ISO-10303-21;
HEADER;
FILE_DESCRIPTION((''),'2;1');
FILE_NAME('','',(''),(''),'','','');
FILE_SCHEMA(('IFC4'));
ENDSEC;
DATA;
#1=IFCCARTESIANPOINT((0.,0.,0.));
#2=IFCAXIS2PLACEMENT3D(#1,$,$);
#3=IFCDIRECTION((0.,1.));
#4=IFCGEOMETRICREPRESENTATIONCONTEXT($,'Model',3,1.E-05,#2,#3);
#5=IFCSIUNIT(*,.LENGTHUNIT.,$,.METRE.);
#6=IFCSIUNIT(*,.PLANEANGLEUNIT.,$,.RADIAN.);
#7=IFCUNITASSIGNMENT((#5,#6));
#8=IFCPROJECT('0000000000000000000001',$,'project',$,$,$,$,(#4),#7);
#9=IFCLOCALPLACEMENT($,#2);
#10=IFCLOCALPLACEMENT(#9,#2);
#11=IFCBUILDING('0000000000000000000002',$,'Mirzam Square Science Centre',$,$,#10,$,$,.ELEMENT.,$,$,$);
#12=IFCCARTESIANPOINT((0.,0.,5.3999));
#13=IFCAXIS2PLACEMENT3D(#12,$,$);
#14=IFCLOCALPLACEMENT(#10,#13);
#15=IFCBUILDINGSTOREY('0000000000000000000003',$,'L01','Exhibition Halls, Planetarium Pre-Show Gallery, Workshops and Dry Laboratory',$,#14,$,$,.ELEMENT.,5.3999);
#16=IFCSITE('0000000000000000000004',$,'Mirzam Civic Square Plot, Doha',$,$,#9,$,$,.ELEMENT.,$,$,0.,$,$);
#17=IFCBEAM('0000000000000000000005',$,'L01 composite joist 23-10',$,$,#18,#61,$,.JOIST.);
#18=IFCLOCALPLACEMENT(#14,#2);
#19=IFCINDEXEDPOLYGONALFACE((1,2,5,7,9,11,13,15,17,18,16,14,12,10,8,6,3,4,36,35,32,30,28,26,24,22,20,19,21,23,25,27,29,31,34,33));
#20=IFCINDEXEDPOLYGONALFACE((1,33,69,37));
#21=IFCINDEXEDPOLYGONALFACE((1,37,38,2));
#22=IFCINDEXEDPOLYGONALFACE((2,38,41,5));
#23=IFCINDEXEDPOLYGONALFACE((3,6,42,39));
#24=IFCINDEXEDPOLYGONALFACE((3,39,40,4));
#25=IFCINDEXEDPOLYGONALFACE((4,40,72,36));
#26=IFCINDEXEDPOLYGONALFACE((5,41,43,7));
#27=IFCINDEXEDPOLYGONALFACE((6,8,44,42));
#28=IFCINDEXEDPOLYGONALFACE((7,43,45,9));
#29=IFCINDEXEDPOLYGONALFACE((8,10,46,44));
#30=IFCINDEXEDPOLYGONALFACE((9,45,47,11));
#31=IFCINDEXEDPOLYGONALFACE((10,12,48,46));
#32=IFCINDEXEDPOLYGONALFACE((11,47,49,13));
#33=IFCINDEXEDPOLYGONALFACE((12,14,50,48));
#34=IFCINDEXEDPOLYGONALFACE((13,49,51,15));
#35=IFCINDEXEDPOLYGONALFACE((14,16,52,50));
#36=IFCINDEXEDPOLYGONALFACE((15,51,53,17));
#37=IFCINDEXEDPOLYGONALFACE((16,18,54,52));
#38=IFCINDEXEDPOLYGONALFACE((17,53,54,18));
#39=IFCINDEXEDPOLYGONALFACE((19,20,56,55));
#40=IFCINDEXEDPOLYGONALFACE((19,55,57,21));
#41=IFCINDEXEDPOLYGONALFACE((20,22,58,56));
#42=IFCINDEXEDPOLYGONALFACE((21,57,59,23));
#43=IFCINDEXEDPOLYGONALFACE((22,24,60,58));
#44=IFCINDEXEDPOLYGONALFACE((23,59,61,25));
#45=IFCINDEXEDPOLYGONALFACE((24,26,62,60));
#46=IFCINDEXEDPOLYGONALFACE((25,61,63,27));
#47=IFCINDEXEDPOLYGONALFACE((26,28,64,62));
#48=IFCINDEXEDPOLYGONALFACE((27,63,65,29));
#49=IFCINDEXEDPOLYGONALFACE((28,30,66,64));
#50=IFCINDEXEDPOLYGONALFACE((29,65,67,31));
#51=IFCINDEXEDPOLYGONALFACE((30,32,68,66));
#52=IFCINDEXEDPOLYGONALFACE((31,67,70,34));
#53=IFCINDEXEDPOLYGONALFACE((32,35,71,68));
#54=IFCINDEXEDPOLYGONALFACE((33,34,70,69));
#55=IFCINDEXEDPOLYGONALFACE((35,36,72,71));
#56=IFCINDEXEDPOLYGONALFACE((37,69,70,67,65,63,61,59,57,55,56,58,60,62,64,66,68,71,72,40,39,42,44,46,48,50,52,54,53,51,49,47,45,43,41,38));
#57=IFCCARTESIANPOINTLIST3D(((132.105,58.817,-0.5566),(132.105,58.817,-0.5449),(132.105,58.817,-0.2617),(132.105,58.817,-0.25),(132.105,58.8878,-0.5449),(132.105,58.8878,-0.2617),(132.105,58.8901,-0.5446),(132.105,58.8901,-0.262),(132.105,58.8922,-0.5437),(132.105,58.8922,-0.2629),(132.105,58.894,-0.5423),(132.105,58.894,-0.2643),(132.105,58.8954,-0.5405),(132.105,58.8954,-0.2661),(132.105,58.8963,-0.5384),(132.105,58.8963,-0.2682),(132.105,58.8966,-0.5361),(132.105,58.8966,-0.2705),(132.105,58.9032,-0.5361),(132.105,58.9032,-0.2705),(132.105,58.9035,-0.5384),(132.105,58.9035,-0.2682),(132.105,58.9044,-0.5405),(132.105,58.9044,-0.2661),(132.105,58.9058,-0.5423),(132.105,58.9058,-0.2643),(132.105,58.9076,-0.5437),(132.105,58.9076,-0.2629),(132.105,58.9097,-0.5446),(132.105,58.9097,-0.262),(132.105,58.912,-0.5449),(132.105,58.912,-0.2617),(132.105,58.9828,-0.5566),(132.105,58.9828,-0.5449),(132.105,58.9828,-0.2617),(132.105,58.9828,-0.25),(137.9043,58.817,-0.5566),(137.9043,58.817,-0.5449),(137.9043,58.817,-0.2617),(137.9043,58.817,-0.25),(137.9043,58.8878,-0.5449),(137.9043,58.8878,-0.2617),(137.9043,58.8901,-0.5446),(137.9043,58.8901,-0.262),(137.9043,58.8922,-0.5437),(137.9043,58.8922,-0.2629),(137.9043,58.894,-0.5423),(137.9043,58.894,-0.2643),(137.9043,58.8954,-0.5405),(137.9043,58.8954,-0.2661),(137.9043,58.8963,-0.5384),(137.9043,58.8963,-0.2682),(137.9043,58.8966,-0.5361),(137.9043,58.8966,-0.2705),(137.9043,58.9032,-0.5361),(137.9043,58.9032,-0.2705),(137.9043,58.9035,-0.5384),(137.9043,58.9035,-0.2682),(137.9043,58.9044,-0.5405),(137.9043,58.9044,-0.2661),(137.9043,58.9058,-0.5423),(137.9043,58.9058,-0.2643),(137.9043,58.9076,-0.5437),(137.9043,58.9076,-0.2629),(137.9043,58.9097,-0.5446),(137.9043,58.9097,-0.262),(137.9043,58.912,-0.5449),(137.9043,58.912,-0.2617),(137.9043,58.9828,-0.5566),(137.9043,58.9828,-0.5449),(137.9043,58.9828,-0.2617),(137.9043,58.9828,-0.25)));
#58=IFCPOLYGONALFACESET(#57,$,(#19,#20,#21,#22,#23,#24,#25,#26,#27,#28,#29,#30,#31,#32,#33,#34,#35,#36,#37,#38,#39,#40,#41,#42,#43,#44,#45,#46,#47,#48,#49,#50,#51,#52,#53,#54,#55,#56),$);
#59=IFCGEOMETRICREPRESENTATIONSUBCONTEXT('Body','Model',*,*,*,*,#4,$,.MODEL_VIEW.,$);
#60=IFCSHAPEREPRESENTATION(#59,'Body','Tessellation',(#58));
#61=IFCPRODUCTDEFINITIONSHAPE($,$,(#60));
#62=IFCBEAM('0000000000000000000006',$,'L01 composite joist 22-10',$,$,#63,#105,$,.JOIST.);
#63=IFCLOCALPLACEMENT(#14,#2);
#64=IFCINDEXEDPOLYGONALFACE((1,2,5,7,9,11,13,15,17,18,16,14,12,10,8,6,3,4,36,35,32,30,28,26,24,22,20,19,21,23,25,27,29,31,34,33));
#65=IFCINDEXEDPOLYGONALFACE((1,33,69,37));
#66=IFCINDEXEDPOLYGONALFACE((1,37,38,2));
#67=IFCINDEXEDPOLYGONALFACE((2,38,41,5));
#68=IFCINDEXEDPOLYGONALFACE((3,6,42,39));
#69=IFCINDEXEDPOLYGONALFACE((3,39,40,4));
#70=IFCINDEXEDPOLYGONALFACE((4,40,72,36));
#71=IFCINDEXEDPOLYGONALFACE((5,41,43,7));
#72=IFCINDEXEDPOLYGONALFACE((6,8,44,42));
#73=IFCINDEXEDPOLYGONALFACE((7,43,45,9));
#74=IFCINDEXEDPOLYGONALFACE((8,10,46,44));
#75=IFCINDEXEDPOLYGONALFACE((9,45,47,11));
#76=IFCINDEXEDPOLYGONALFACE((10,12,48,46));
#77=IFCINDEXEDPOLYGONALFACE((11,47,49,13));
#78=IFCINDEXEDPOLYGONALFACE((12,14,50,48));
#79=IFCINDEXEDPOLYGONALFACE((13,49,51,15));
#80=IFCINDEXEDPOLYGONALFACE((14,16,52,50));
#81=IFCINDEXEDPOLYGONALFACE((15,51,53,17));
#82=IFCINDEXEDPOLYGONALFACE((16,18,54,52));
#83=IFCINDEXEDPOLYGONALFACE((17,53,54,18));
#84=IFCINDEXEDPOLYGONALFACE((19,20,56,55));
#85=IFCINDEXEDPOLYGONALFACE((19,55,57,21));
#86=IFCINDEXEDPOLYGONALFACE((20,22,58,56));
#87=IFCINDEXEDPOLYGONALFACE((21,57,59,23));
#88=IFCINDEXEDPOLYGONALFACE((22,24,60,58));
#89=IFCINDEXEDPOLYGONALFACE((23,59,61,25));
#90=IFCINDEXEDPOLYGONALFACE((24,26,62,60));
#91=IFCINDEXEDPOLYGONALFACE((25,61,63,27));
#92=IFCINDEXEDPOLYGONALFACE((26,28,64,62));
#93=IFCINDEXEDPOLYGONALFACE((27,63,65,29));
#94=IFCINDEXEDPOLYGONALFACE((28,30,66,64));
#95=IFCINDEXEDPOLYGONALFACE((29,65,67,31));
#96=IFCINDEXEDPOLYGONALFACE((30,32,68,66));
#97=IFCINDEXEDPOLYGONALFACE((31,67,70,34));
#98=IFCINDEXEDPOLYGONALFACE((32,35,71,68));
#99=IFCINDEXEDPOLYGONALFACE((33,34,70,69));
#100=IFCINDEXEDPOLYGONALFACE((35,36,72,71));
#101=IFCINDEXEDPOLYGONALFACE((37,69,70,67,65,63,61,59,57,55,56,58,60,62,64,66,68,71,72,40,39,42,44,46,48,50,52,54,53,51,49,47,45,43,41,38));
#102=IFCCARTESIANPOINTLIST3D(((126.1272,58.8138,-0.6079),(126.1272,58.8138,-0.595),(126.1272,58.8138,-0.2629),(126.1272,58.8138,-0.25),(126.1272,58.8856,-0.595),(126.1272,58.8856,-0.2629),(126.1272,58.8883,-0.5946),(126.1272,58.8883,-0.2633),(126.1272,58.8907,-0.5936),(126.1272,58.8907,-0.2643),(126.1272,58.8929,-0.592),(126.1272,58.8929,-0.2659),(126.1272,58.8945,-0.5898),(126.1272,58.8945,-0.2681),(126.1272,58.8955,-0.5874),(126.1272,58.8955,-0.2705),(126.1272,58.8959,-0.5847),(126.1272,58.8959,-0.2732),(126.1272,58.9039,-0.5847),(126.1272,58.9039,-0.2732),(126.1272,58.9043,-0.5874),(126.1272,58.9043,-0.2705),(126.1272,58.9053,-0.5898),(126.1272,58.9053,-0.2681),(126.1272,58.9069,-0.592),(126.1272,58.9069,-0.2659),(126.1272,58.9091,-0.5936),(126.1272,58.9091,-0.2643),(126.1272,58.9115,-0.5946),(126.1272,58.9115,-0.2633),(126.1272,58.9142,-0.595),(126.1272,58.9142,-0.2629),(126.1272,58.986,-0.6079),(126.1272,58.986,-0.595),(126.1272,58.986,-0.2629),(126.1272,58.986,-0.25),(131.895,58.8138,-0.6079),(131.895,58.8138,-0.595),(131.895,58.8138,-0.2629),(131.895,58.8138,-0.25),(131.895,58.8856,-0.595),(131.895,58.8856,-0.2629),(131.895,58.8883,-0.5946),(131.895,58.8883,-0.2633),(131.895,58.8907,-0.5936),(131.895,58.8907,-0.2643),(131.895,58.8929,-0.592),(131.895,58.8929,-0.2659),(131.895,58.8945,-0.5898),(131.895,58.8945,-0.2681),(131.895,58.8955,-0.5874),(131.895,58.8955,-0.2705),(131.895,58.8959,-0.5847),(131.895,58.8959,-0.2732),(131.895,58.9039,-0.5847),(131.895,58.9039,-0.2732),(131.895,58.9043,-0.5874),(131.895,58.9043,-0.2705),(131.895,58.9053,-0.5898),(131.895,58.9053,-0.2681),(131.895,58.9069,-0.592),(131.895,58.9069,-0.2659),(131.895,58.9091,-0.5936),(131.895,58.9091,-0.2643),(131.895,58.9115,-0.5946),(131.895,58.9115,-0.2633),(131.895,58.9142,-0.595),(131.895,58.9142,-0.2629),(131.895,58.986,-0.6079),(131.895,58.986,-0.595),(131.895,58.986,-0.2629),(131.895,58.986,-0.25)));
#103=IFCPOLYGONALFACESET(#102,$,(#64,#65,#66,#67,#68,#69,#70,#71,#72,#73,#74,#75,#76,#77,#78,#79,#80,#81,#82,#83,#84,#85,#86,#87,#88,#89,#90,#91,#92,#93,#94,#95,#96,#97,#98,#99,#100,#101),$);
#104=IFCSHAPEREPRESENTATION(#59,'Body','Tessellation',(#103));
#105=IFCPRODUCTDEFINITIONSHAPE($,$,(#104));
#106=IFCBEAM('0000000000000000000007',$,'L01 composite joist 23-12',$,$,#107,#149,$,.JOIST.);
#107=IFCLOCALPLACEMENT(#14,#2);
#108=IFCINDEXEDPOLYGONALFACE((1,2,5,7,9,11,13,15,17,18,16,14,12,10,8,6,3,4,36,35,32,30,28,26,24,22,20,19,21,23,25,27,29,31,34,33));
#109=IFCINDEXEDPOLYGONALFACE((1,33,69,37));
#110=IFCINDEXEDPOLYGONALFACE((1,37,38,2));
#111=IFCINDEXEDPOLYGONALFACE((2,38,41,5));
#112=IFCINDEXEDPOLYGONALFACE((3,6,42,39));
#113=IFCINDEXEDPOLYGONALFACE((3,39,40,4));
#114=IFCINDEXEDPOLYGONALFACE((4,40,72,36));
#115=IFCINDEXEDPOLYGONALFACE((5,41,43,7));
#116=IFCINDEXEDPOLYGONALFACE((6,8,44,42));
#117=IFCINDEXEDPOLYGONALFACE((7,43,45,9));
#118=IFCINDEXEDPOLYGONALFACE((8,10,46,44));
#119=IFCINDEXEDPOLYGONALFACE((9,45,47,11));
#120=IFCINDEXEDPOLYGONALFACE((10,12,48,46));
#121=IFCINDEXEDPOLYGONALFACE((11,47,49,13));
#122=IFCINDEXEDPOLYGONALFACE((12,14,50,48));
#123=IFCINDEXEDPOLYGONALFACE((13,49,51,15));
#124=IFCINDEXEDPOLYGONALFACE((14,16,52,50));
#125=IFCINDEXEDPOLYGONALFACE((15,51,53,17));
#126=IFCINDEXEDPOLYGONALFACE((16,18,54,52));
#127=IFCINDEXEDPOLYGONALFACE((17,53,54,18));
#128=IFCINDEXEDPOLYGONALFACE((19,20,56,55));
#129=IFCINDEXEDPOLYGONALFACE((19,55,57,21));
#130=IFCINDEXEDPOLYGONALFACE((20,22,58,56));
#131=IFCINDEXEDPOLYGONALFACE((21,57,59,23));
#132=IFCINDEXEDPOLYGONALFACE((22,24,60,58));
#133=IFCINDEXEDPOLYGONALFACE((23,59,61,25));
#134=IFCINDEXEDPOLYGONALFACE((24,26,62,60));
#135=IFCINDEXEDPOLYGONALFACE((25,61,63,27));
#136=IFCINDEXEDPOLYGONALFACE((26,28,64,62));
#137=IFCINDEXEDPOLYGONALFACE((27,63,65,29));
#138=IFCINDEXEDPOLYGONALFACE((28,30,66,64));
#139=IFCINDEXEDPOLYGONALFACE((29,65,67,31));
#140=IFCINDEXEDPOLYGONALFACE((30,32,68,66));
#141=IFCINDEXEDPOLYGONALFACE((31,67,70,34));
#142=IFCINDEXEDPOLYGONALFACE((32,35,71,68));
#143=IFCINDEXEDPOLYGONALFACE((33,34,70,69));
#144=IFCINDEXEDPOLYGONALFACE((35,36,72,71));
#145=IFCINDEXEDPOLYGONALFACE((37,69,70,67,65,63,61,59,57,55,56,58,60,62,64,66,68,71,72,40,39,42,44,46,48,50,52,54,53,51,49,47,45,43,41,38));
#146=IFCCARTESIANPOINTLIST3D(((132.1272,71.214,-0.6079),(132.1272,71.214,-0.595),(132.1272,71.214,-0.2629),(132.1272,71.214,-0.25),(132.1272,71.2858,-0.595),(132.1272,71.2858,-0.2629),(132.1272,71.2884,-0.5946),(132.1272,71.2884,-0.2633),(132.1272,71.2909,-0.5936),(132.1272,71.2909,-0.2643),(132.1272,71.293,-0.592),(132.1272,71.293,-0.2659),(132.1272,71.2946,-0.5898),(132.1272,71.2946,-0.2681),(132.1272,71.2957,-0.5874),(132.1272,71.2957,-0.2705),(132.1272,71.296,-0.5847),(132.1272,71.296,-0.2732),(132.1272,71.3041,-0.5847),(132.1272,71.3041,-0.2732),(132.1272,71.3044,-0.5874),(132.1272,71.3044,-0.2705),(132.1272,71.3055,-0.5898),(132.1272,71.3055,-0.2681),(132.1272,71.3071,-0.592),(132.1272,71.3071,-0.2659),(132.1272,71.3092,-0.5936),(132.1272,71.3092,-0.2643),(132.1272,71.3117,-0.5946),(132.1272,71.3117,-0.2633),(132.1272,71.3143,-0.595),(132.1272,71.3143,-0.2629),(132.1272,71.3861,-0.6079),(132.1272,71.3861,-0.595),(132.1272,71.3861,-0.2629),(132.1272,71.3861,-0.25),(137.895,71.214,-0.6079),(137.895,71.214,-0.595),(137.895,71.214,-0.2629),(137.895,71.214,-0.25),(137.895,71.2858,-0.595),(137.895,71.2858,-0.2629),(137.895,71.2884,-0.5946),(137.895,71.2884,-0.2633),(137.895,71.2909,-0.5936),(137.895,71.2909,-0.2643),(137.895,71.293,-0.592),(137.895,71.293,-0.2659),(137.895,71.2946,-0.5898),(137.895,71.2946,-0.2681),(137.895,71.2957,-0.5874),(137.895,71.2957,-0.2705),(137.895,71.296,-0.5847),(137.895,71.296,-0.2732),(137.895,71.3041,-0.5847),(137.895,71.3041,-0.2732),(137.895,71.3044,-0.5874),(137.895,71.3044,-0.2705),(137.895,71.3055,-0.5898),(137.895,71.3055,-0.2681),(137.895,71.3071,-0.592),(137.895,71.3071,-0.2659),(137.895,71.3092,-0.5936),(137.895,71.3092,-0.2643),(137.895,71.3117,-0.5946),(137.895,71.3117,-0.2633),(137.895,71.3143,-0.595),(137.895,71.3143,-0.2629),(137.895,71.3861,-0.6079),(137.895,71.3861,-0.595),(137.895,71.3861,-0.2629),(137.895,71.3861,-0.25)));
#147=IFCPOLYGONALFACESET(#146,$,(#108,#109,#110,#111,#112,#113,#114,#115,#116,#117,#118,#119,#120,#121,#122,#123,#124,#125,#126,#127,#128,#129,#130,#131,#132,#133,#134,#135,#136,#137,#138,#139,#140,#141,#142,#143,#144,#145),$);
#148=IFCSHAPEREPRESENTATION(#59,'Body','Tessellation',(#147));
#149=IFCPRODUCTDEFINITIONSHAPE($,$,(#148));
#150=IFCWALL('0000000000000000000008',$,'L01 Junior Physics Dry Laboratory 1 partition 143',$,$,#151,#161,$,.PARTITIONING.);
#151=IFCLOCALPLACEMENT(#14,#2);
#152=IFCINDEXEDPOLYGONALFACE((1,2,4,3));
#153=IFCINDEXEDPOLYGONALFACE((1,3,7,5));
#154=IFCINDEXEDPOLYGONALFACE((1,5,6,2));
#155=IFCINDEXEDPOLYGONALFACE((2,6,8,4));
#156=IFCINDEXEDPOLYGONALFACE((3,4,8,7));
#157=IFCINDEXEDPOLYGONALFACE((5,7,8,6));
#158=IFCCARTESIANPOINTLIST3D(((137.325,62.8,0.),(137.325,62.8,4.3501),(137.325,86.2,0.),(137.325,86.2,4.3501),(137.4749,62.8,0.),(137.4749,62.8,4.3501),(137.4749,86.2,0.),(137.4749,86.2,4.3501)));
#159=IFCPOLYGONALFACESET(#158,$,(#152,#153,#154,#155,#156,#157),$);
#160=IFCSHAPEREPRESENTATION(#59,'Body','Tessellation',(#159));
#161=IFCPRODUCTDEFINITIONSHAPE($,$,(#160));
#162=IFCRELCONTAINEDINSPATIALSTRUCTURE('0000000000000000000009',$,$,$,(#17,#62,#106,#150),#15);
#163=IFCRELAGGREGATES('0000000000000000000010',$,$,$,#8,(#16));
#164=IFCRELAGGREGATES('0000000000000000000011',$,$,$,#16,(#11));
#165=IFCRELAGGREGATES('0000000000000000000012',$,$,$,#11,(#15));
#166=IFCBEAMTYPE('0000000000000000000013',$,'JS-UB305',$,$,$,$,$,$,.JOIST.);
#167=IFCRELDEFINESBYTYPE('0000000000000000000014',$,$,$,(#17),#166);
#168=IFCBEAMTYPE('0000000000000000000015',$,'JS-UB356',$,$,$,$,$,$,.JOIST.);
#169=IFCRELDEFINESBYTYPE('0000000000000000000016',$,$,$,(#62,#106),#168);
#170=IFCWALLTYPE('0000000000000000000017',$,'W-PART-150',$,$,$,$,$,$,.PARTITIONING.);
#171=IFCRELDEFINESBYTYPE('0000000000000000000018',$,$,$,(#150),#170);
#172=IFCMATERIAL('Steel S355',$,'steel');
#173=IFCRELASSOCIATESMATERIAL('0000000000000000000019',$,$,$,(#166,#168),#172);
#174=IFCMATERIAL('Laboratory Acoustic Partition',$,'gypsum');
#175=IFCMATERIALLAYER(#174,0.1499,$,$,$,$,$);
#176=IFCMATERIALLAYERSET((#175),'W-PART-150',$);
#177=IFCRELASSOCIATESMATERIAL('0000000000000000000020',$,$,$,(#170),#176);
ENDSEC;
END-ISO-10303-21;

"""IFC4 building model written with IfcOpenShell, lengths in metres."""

from ifc_helpers import new_model, si_unit, direction, frame, frame_2d, origin, origin_2d, place, context, subcontext, project, spatial, rectangle, i_section, extrude, material, layer, layer_set, material_profile, profile_set, type_object, element, save


model = new_model("IFC4")

# Units and contexts
model_context = context("Model", 3, precision=1e-05, world=origin(), true_north=direction((0.0, 1.0)))
body_context = subcontext(model_context, "Body", "Model", "MODEL_VIEW")
ifc_project = project(units=[si_unit("LENGTHUNIT", "METRE"), si_unit("PLANEANGLEUNIT", "RADIAN")], contexts=[model_context])

# Site, building, storey
site_placement = place(None, origin())
site = spatial("IfcSite", under=ifc_project, at=site_placement, Name="Mirzam Civic Square Plot, Doha", CompositionType="ELEMENT", RefElevation=0.0)
building_placement = place(site_placement, origin())
building = spatial("IfcBuilding", under=site, at=building_placement, Name="Mirzam Square Science Centre", CompositionType="ELEMENT")
storey_placement = place(building_placement, frame((0.0, 0.0, 5.3999)))
storey = spatial("IfcBuildingStorey", under=building, at=storey_placement, Name="L01", Description="Exhibition Halls, Planetarium Pre-Show Gallery, Workshops and Dry Laboratory", CompositionType="ELEMENT", Elevation=5.3999)

# Shared definitions
ifc_material_1 = material(Name="Steel S355", Category="steel")

# Beams
ifc_material_profile_1 = material_profile(ifc_material_1, i_section(OverallWidth=0.1658, OverallDepth=0.3066, WebThickness=0.0066, FlangeThickness=0.0117, FilletRadius=0.0088, at=origin_2d()), Name="305x165x46UB")
ifc_profile_set_1 = profile_set([ifc_material_profile_1], Name="Steel S355")
beam_type_1 = type_object("IfcBeamType", Name="JS-UB305", PredefinedType="JOIST", material=ifc_profile_set_1)
for number, where, z_axis, x_axis, name in (
    (1, (132.105, 58.8999, -0.4033), (1.0, 0.0, 0.0), (0.0, 1.0, 0.0), "L01 composite joist 23-10"),
):
    element("IfcBeam", number, at=place(storey_placement, frame(where, z_axis=z_axis, x_axis=x_axis)), inside=storey, type_object=beam_type_1, Name=name, PredefinedType="JOIST", context=body_context, shape_type="SweptSolid", body=[
        extrude(i_section(OverallWidth=0.1658, OverallDepth=0.3066, WebThickness=0.0066, FlangeThickness=0.0117, FilletRadius=0.0088, at=origin_2d()), origin(), (0.0, 0.0, 1.0), 5.7993),
    ])
ifc_material_profile_2 = material_profile(ifc_material_1, i_section(OverallWidth=0.1721, OverallDepth=0.3579, WebThickness=0.0081, FlangeThickness=0.0129, FilletRadius=0.0103, at=origin_2d()), Name="356x171x57UB")
ifc_profile_set_2 = profile_set([ifc_material_profile_2], Name="Steel S355")
beam_type_2 = type_object("IfcBeamType", Name="JS-UB356", PredefinedType="JOIST", material=ifc_profile_set_2)
for number, where, z_axis, x_axis, name in (
    (2, (126.1272, 58.8999, -0.429), (1.0, 0.0, 0.0), (0.0, 1.0, 0.0), "L01 composite joist 22-10"),
    (3, (132.1272, 71.3, -0.429), (1.0, 0.0, 0.0), (0.0, 1.0, 0.0), "L01 composite joist 23-12"),
):
    element("IfcBeam", number, at=place(storey_placement, frame(where, z_axis=z_axis, x_axis=x_axis)), inside=storey, type_object=beam_type_2, Name=name, PredefinedType="JOIST", context=body_context, shape_type="SweptSolid", body=[
        extrude(i_section(OverallWidth=0.1721, OverallDepth=0.3579, WebThickness=0.0081, FlangeThickness=0.0129, FilletRadius=0.0103, at=origin_2d()), origin(), (0.0, 0.0, 1.0), 5.7678),
    ])

# Wall
ifc_material_2 = material(Name="Laboratory Acoustic Partition", Category="gypsum")
ifc_layer = layer(ifc_material_2, 0.1499)
ifc_layer_set = layer_set([ifc_layer], Name="W-PART-150")
wall_type = type_object("IfcWallType", Name="W-PART-150", PredefinedType="PARTITIONING", material=ifc_layer_set)
wall_placement = place(storey_placement, frame((137.3999, 62.8, 0.0), z_axis=(0.0, 0.0, 1.0), x_axis=(0.0, 1.0, 0.0)))
element("IfcWall", 4, at=wall_placement, inside=storey, type_object=wall_type, Name="L01 Junior Physics Dry Laboratory 1 partition 143", PredefinedType="PARTITIONING", context=body_context, shape_type="SweptSolid", body=[
    extrude(rectangle(XDim=23.3999, YDim=0.1499, at=frame_2d((11.7, 0.0))), origin(), (0.0, 0.0, 1.0), 4.3501),
])

save(model, "model.ifc")
